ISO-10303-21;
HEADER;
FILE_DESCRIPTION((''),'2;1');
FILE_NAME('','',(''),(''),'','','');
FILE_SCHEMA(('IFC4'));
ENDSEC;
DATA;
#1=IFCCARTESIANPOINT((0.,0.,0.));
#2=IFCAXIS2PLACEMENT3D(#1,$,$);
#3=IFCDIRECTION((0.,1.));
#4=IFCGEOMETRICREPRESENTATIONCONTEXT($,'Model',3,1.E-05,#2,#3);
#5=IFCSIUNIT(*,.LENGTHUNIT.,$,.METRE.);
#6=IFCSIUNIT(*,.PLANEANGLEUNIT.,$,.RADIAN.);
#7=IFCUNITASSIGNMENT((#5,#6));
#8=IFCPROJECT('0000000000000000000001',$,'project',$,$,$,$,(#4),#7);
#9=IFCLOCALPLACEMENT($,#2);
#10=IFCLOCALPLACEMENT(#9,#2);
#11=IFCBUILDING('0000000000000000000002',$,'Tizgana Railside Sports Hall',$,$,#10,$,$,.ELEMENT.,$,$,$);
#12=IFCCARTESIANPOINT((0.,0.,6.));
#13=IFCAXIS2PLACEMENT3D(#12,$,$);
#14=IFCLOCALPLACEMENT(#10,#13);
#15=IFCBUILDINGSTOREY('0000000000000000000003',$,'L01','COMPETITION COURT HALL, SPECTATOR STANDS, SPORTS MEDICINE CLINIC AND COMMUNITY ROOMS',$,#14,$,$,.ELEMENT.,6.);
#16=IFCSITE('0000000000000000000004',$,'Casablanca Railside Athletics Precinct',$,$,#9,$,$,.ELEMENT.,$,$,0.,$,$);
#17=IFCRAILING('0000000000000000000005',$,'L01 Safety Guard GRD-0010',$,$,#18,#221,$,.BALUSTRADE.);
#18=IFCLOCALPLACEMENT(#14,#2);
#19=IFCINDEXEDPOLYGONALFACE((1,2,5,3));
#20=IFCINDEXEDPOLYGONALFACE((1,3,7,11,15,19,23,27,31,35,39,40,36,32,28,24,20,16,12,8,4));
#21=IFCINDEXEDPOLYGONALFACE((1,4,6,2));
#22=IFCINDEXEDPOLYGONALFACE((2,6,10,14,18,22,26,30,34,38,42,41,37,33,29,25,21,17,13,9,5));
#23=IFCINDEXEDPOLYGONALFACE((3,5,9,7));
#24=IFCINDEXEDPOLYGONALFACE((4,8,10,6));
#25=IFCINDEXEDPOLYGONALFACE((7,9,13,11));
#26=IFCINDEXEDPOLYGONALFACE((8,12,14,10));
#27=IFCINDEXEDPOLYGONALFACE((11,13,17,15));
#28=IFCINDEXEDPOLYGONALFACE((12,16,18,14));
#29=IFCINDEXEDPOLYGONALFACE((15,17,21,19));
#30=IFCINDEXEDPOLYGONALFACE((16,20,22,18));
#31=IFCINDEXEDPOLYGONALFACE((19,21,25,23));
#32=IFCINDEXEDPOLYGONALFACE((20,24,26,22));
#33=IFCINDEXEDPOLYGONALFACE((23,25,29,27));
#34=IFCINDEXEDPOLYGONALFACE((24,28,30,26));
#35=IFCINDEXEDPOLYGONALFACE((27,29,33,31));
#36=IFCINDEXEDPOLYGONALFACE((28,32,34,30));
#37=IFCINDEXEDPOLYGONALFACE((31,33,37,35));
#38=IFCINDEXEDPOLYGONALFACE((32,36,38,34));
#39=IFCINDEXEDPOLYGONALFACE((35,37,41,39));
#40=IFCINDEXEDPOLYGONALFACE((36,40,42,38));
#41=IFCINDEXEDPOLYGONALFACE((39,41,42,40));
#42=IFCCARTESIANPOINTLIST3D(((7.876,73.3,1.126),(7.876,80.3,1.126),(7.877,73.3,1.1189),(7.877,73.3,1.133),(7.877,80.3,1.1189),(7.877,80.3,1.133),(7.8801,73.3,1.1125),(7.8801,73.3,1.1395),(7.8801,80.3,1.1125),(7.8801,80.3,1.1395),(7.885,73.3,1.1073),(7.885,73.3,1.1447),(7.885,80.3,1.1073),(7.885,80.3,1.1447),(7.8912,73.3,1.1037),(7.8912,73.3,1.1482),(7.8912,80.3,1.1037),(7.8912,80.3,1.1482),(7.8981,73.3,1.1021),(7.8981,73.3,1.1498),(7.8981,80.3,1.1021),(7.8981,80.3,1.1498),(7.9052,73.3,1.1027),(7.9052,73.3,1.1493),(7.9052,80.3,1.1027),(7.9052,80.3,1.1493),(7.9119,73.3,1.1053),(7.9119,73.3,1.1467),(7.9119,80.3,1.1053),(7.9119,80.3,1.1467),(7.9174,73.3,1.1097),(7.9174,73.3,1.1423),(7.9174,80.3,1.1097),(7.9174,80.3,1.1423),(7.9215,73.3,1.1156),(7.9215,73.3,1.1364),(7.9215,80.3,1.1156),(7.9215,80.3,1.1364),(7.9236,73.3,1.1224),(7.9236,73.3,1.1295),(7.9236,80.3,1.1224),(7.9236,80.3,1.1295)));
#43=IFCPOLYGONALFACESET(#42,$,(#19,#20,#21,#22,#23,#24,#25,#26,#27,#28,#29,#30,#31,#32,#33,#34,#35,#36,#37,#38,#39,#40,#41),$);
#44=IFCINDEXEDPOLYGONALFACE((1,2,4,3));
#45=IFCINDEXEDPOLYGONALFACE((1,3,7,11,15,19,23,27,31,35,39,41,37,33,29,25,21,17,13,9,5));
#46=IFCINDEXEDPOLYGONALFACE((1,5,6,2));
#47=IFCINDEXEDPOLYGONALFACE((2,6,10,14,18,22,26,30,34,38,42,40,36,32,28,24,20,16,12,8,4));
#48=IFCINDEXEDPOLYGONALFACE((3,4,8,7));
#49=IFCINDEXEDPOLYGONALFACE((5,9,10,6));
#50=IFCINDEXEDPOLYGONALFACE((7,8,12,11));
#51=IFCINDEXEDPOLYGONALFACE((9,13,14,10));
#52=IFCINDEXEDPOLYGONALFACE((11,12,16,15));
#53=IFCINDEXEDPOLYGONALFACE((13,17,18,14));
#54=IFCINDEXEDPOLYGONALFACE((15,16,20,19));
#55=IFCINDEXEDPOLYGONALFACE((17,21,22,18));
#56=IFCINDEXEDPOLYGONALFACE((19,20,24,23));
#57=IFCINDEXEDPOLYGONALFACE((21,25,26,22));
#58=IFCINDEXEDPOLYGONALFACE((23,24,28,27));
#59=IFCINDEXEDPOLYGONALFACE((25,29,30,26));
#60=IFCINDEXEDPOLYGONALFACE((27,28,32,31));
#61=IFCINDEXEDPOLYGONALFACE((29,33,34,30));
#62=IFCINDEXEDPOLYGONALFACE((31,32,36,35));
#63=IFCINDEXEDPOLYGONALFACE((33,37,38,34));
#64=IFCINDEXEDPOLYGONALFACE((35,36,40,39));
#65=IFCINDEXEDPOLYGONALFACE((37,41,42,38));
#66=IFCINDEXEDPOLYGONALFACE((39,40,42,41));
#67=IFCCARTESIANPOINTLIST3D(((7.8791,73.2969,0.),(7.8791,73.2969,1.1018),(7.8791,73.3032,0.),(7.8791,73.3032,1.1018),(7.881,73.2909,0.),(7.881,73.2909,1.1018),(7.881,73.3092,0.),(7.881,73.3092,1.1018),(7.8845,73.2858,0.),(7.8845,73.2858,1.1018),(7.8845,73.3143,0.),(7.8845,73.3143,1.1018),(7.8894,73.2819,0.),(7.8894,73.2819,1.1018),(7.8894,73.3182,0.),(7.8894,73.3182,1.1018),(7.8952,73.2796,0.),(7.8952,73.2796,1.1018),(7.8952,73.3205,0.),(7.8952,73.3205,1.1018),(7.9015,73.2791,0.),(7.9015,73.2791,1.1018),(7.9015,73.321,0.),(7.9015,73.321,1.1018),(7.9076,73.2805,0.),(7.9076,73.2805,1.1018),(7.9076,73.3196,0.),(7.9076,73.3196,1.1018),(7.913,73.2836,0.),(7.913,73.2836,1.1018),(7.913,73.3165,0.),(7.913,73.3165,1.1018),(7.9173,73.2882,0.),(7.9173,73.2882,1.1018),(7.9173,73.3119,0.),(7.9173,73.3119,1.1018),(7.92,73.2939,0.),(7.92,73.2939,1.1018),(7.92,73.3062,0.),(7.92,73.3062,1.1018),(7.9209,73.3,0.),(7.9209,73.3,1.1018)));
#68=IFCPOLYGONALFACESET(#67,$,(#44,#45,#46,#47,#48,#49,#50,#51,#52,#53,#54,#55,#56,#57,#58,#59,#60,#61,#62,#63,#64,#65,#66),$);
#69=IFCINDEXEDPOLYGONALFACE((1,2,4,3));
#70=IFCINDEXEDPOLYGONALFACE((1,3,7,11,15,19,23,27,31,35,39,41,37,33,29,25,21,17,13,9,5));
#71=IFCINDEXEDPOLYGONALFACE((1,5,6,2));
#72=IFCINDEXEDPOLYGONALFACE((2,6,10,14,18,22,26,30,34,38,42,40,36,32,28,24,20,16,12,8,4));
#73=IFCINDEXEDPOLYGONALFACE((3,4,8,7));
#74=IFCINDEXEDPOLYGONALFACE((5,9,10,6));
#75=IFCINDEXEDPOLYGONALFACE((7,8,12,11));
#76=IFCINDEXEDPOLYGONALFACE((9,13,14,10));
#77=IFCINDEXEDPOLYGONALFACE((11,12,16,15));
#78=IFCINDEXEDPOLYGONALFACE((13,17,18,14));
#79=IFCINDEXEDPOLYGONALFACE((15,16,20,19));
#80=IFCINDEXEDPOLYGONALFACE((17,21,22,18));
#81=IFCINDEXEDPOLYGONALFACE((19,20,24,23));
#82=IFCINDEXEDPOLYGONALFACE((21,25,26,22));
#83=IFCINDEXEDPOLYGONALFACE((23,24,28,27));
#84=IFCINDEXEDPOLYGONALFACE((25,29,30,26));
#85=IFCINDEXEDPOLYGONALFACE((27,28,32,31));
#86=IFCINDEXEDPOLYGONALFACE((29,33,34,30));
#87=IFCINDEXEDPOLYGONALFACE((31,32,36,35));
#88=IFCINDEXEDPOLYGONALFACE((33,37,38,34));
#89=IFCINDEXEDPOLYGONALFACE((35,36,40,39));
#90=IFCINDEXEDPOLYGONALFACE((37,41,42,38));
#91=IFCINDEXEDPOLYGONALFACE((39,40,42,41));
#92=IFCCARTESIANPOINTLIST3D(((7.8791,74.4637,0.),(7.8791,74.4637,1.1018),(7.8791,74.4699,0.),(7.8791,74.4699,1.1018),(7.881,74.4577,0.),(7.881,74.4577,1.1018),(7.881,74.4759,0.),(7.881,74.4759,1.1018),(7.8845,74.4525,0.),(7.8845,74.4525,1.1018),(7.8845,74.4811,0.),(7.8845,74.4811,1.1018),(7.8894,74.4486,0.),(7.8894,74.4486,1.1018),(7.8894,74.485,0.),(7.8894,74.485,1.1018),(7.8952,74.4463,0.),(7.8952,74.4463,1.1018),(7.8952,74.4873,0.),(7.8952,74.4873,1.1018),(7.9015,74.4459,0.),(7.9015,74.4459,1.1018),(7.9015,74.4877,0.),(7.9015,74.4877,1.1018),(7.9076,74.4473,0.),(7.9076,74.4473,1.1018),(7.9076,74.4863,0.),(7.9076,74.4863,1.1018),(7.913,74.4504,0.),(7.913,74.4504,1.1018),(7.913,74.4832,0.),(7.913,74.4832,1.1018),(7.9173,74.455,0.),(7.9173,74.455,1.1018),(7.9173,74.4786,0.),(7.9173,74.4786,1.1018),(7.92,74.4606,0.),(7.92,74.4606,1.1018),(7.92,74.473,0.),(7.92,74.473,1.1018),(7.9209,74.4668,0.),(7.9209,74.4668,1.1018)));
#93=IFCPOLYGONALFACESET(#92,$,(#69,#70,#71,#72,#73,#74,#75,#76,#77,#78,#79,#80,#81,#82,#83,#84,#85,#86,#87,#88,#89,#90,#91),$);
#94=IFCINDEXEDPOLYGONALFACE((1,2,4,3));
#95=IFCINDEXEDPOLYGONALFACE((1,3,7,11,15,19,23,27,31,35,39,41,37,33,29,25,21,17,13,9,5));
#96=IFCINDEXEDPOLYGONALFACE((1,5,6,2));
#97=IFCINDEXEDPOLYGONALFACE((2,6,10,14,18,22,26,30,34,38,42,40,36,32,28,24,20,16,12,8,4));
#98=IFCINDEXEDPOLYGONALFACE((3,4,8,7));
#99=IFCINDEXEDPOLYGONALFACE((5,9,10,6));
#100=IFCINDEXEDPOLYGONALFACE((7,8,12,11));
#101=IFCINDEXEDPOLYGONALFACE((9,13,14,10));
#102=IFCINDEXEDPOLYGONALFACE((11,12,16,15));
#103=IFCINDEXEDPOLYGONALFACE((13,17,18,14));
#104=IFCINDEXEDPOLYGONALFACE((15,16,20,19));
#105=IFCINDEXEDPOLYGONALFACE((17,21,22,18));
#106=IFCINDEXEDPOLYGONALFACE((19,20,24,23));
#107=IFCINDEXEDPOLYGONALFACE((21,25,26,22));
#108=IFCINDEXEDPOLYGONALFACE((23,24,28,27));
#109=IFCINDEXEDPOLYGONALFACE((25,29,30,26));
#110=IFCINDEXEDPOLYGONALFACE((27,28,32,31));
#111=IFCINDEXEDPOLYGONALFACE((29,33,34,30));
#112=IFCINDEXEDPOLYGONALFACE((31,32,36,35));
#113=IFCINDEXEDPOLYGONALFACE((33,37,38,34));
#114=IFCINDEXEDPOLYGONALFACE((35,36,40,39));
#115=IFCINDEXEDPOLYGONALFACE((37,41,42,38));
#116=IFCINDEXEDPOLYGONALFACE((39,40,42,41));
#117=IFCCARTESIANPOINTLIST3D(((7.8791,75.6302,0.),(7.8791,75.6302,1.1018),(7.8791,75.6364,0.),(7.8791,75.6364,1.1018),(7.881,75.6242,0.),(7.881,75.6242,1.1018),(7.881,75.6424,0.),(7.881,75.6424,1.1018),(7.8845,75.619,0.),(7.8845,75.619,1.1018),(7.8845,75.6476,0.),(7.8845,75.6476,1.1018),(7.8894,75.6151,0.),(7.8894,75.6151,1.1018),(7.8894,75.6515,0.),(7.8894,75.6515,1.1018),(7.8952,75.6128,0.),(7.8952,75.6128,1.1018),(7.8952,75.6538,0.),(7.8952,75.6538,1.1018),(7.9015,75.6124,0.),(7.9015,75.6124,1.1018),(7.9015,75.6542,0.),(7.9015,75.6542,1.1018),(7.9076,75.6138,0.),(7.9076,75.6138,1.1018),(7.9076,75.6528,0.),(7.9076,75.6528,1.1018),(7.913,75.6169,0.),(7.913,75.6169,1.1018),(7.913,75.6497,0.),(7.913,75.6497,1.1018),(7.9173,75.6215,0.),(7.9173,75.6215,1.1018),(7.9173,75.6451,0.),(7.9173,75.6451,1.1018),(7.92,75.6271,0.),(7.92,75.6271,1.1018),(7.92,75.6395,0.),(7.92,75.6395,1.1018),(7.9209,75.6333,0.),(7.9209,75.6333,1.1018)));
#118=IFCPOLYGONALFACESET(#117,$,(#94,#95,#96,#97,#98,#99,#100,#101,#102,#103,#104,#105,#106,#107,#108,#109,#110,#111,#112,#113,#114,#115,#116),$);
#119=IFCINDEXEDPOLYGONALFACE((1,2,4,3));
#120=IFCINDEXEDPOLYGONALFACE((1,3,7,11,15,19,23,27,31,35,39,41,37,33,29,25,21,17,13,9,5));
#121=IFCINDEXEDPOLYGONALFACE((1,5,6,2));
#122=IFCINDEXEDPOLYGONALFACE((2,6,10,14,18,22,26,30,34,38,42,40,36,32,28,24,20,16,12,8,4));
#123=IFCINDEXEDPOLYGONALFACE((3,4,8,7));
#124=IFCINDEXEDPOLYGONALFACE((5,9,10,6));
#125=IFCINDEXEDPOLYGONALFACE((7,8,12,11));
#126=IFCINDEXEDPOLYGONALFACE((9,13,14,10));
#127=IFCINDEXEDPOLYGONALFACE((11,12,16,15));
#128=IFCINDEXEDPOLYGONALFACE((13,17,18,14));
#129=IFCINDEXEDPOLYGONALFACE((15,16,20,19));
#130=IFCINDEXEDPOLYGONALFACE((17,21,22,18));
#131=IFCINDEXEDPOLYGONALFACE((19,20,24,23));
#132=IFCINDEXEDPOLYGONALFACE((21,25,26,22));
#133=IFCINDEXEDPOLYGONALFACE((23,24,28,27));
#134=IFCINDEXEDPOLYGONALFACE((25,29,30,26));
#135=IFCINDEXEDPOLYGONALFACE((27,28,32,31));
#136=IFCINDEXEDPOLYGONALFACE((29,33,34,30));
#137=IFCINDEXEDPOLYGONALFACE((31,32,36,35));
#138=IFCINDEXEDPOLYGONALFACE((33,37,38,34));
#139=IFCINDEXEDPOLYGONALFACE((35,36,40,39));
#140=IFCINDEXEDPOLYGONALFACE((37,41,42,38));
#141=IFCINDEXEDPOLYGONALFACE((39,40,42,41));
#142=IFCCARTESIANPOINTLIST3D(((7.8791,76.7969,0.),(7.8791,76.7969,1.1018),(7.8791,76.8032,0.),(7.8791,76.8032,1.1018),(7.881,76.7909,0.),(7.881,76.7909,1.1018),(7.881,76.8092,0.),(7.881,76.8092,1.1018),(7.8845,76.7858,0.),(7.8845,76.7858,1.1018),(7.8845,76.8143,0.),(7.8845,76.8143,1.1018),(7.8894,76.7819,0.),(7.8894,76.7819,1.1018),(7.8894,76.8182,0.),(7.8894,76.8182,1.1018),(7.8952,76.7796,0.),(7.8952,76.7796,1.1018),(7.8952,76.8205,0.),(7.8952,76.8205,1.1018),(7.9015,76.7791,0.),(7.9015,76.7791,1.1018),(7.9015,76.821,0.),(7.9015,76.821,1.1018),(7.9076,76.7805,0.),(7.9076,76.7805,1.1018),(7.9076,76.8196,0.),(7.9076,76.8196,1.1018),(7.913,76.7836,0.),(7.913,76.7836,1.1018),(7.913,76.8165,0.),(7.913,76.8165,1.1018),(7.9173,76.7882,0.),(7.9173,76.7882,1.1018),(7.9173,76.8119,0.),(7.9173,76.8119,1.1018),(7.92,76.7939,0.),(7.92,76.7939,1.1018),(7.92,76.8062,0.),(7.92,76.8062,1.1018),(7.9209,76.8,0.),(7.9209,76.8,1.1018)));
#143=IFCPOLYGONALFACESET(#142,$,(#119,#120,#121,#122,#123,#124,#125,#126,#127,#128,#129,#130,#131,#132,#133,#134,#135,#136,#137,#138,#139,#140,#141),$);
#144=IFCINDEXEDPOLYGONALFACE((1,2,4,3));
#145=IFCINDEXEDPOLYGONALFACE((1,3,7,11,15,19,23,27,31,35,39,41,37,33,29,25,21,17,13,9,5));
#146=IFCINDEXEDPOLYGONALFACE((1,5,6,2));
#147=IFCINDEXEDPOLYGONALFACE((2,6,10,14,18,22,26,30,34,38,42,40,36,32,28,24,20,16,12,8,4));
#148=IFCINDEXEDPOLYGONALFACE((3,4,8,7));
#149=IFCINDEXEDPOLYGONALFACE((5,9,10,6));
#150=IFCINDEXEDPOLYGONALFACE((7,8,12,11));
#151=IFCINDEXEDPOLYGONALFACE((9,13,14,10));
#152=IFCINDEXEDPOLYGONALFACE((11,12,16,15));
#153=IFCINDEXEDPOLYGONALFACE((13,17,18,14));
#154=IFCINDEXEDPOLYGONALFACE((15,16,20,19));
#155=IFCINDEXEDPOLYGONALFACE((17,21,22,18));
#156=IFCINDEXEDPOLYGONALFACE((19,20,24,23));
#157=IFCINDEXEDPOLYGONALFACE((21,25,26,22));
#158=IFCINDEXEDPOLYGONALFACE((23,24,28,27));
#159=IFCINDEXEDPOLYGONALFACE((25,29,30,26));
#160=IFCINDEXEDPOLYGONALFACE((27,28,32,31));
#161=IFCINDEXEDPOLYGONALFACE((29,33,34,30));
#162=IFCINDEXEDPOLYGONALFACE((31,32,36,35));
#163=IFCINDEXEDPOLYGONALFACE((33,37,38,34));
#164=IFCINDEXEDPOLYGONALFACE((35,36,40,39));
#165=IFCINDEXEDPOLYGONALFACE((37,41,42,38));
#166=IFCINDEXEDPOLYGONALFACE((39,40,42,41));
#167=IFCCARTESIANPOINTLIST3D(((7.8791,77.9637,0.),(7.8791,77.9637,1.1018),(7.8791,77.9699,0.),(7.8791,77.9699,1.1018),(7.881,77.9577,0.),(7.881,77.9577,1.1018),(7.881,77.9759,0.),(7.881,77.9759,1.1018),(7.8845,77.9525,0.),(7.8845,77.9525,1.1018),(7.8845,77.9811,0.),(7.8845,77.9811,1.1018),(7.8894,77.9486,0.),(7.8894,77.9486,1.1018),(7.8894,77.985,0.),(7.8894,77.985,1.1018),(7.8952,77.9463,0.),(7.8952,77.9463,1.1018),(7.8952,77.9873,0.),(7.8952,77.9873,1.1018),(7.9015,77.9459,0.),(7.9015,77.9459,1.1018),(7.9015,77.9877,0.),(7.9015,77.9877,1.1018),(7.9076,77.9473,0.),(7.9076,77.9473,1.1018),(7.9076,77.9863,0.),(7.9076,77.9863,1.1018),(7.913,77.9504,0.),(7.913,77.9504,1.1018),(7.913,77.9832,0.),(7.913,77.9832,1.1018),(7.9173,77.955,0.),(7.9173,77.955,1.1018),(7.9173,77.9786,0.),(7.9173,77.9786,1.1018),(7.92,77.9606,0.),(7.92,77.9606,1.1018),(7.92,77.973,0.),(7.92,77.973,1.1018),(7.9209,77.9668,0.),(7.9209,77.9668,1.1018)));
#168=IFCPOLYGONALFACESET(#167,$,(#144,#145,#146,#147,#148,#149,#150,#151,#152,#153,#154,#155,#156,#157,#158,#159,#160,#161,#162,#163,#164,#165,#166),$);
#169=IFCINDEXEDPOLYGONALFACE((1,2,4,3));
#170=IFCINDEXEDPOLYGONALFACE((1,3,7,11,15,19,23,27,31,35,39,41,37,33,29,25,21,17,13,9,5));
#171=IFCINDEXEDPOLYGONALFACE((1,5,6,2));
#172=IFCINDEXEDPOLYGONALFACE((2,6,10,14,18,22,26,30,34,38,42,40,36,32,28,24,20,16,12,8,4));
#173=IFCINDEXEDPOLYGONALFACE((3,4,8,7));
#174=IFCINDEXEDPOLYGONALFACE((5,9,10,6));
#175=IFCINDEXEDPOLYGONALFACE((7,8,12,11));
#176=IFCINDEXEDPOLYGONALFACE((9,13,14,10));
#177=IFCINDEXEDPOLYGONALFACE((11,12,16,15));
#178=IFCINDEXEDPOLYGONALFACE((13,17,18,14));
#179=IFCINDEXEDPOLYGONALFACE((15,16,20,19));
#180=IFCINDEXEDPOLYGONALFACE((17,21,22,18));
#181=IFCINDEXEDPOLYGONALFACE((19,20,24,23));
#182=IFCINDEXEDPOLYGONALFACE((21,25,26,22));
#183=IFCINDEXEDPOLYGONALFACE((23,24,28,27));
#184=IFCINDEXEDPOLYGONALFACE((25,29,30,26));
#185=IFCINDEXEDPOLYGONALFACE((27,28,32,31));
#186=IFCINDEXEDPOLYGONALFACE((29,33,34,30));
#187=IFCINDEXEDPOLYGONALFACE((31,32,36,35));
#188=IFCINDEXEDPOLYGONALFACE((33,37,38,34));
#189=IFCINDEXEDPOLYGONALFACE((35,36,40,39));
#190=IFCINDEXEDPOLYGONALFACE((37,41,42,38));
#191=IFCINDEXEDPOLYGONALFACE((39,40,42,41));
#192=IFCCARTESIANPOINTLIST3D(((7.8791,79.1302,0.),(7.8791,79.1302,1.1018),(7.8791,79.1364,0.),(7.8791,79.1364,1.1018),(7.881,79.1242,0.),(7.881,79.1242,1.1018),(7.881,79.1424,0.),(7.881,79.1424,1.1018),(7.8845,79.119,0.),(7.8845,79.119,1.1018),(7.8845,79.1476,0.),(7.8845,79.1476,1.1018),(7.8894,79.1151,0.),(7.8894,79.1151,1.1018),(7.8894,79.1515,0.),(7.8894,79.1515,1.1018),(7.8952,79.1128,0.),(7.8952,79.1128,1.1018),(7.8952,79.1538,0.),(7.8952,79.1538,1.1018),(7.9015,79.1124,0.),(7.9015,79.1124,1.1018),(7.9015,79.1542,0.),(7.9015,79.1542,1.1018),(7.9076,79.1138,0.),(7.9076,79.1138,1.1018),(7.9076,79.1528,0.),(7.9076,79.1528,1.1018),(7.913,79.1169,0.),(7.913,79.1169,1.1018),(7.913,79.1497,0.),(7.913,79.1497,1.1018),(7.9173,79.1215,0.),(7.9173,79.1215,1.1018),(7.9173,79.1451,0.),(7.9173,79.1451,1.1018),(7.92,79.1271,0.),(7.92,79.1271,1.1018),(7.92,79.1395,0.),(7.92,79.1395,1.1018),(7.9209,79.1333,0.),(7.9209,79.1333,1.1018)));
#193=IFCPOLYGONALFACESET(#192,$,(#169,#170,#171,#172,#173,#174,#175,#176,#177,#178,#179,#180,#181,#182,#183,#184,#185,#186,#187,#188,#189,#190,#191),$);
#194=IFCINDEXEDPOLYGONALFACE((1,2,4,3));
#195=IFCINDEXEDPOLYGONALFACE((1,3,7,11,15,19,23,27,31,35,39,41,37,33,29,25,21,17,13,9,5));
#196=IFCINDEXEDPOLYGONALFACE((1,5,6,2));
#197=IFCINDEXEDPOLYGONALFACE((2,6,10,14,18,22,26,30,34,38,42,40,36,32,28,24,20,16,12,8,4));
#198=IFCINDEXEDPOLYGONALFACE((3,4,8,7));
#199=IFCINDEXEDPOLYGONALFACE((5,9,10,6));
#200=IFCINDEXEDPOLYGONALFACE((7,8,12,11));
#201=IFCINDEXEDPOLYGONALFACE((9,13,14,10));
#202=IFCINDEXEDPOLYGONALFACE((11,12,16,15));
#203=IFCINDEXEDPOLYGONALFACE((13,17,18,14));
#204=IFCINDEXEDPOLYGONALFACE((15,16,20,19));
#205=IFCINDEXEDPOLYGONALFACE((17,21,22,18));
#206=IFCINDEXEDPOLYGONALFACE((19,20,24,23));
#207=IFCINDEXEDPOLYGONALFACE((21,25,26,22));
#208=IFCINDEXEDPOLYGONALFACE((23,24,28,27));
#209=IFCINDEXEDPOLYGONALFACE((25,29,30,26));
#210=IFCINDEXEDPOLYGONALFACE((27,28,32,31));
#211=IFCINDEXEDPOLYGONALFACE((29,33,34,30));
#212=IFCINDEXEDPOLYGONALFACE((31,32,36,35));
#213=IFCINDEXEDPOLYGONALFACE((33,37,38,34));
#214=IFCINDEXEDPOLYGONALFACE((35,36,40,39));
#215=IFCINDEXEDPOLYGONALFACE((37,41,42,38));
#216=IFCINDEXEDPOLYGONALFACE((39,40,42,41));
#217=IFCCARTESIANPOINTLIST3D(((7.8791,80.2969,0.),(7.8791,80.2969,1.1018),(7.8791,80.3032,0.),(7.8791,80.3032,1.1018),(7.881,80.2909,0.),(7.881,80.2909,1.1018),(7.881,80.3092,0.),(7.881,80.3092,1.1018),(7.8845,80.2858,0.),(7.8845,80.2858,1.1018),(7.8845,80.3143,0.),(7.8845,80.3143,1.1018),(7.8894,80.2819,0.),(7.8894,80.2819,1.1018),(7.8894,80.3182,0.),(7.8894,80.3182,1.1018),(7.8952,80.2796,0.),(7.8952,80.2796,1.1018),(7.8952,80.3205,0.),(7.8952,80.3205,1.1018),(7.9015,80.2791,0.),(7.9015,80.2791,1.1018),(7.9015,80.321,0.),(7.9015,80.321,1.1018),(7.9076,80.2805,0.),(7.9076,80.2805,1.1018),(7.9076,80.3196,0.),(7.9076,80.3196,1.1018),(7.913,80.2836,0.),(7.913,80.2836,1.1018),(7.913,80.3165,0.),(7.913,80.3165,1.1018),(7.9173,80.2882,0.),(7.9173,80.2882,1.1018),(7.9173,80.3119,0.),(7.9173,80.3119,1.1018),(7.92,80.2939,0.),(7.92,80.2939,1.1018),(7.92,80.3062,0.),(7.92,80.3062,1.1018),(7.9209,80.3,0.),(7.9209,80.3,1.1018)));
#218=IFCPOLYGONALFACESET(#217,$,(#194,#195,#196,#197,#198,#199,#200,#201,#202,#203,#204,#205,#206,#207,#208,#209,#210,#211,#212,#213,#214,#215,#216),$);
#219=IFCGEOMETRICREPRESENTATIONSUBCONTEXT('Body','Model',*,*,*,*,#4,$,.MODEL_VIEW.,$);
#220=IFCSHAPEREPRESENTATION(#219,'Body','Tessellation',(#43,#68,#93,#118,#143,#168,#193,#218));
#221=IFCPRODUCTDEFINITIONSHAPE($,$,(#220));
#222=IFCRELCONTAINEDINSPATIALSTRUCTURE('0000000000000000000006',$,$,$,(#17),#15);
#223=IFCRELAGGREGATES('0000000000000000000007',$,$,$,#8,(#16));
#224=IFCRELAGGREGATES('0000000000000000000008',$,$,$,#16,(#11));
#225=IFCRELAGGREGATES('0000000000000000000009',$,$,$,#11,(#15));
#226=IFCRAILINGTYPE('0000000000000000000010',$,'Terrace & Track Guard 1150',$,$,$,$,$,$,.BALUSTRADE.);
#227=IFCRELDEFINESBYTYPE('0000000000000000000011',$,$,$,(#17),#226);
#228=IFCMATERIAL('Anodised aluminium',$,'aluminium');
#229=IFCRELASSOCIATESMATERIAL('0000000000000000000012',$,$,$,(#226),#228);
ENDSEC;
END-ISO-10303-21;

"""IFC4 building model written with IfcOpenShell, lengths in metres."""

from ifc_helpers import new_model, si_unit, direction, frame, origin, origin_2d, place, context, subcontext, project, spatial, circle, extrude, material, type_object, element, save


model = new_model("IFC4")

# Units and contexts
model_context = context("Model", 3, precision=1e-05, world=origin(), true_north=direction((0.0, 1.0)))
body_context = subcontext(model_context, "Body", "Model", "MODEL_VIEW")
ifc_project = project(units=[si_unit("LENGTHUNIT", "METRE"), si_unit("PLANEANGLEUNIT", "RADIAN")], contexts=[model_context])

# Site, building, storey
site_placement = place(None, origin())
site = spatial("IfcSite", under=ifc_project, at=site_placement, Name="Casablanca Railside Athletics Precinct", CompositionType="ELEMENT", RefElevation=0.0)
building_placement = place(site_placement, origin())
building = spatial("IfcBuilding", under=site, at=building_placement, Name="Tizgana Railside Sports Hall", CompositionType="ELEMENT")
storey_placement = place(building_placement, frame((0.0, 0.0, 6.0)))
storey = spatial("IfcBuildingStorey", under=building, at=storey_placement, Name="L01", Description="COMPETITION COURT HALL, SPECTATOR STANDS, SPORTS MEDICINE CLINIC AND COMMUNITY ROOMS", CompositionType="ELEMENT", Elevation=6.0)

# Railing
ifc_material_1 = material(Name="Anodised aluminium", Category="aluminium")
railing_type = type_object("IfcRailingType", Name="Terrace & Track Guard 1150", PredefinedType="BALUSTRADE", material=ifc_material_1)
railing_1_placement = place(storey_placement, frame((7.8999, 73.3, 0.0)))
element("IfcRailing", 1, at=railing_1_placement, inside=storey, type_object=railing_type, Name="L01 Safety Guard GRD-0010", PredefinedType="BALUSTRADE", context=body_context, shape_type="SweptSolid", body=[
    extrude(circle(Radius=0.0239, at=origin_2d()), frame((0.0, 0.0, 1.126), z_axis=(0.0, 1.0, 0.0), x_axis=(-1.0, 0.0, 0.0)), (0.0, 0.0, 1.0), 7.0),
    extrude(circle(Radius=0.021, at=origin_2d()), origin(), (0.0, 0.0, 1.0), 1.1018),
    extrude(circle(Radius=0.021, at=origin_2d()), frame((0.0, 1.1667, 0.0)), (0.0, 0.0, 1.0), 1.1018),
    extrude(circle(Radius=0.021, at=origin_2d()), frame((0.0, 2.3333, 0.0)), (0.0, 0.0, 1.0), 1.1018),
    extrude(circle(Radius=0.021, at=origin_2d()), frame((0.0, 3.5, 0.0)), (0.0, 0.0, 1.0), 1.1018),
    extrude(circle(Radius=0.021, at=origin_2d()), frame((0.0, 4.6667, 0.0)), (0.0, 0.0, 1.0), 1.1018),
    extrude(circle(Radius=0.021, at=origin_2d()), frame((0.0, 5.8333, 0.0)), (0.0, 0.0, 1.0), 1.1018),
    extrude(circle(Radius=0.021, at=origin_2d()), frame((0.0, 7.0, 0.0)), (0.0, 0.0, 1.0), 1.1018),
])

save(model, "model.ifc")
